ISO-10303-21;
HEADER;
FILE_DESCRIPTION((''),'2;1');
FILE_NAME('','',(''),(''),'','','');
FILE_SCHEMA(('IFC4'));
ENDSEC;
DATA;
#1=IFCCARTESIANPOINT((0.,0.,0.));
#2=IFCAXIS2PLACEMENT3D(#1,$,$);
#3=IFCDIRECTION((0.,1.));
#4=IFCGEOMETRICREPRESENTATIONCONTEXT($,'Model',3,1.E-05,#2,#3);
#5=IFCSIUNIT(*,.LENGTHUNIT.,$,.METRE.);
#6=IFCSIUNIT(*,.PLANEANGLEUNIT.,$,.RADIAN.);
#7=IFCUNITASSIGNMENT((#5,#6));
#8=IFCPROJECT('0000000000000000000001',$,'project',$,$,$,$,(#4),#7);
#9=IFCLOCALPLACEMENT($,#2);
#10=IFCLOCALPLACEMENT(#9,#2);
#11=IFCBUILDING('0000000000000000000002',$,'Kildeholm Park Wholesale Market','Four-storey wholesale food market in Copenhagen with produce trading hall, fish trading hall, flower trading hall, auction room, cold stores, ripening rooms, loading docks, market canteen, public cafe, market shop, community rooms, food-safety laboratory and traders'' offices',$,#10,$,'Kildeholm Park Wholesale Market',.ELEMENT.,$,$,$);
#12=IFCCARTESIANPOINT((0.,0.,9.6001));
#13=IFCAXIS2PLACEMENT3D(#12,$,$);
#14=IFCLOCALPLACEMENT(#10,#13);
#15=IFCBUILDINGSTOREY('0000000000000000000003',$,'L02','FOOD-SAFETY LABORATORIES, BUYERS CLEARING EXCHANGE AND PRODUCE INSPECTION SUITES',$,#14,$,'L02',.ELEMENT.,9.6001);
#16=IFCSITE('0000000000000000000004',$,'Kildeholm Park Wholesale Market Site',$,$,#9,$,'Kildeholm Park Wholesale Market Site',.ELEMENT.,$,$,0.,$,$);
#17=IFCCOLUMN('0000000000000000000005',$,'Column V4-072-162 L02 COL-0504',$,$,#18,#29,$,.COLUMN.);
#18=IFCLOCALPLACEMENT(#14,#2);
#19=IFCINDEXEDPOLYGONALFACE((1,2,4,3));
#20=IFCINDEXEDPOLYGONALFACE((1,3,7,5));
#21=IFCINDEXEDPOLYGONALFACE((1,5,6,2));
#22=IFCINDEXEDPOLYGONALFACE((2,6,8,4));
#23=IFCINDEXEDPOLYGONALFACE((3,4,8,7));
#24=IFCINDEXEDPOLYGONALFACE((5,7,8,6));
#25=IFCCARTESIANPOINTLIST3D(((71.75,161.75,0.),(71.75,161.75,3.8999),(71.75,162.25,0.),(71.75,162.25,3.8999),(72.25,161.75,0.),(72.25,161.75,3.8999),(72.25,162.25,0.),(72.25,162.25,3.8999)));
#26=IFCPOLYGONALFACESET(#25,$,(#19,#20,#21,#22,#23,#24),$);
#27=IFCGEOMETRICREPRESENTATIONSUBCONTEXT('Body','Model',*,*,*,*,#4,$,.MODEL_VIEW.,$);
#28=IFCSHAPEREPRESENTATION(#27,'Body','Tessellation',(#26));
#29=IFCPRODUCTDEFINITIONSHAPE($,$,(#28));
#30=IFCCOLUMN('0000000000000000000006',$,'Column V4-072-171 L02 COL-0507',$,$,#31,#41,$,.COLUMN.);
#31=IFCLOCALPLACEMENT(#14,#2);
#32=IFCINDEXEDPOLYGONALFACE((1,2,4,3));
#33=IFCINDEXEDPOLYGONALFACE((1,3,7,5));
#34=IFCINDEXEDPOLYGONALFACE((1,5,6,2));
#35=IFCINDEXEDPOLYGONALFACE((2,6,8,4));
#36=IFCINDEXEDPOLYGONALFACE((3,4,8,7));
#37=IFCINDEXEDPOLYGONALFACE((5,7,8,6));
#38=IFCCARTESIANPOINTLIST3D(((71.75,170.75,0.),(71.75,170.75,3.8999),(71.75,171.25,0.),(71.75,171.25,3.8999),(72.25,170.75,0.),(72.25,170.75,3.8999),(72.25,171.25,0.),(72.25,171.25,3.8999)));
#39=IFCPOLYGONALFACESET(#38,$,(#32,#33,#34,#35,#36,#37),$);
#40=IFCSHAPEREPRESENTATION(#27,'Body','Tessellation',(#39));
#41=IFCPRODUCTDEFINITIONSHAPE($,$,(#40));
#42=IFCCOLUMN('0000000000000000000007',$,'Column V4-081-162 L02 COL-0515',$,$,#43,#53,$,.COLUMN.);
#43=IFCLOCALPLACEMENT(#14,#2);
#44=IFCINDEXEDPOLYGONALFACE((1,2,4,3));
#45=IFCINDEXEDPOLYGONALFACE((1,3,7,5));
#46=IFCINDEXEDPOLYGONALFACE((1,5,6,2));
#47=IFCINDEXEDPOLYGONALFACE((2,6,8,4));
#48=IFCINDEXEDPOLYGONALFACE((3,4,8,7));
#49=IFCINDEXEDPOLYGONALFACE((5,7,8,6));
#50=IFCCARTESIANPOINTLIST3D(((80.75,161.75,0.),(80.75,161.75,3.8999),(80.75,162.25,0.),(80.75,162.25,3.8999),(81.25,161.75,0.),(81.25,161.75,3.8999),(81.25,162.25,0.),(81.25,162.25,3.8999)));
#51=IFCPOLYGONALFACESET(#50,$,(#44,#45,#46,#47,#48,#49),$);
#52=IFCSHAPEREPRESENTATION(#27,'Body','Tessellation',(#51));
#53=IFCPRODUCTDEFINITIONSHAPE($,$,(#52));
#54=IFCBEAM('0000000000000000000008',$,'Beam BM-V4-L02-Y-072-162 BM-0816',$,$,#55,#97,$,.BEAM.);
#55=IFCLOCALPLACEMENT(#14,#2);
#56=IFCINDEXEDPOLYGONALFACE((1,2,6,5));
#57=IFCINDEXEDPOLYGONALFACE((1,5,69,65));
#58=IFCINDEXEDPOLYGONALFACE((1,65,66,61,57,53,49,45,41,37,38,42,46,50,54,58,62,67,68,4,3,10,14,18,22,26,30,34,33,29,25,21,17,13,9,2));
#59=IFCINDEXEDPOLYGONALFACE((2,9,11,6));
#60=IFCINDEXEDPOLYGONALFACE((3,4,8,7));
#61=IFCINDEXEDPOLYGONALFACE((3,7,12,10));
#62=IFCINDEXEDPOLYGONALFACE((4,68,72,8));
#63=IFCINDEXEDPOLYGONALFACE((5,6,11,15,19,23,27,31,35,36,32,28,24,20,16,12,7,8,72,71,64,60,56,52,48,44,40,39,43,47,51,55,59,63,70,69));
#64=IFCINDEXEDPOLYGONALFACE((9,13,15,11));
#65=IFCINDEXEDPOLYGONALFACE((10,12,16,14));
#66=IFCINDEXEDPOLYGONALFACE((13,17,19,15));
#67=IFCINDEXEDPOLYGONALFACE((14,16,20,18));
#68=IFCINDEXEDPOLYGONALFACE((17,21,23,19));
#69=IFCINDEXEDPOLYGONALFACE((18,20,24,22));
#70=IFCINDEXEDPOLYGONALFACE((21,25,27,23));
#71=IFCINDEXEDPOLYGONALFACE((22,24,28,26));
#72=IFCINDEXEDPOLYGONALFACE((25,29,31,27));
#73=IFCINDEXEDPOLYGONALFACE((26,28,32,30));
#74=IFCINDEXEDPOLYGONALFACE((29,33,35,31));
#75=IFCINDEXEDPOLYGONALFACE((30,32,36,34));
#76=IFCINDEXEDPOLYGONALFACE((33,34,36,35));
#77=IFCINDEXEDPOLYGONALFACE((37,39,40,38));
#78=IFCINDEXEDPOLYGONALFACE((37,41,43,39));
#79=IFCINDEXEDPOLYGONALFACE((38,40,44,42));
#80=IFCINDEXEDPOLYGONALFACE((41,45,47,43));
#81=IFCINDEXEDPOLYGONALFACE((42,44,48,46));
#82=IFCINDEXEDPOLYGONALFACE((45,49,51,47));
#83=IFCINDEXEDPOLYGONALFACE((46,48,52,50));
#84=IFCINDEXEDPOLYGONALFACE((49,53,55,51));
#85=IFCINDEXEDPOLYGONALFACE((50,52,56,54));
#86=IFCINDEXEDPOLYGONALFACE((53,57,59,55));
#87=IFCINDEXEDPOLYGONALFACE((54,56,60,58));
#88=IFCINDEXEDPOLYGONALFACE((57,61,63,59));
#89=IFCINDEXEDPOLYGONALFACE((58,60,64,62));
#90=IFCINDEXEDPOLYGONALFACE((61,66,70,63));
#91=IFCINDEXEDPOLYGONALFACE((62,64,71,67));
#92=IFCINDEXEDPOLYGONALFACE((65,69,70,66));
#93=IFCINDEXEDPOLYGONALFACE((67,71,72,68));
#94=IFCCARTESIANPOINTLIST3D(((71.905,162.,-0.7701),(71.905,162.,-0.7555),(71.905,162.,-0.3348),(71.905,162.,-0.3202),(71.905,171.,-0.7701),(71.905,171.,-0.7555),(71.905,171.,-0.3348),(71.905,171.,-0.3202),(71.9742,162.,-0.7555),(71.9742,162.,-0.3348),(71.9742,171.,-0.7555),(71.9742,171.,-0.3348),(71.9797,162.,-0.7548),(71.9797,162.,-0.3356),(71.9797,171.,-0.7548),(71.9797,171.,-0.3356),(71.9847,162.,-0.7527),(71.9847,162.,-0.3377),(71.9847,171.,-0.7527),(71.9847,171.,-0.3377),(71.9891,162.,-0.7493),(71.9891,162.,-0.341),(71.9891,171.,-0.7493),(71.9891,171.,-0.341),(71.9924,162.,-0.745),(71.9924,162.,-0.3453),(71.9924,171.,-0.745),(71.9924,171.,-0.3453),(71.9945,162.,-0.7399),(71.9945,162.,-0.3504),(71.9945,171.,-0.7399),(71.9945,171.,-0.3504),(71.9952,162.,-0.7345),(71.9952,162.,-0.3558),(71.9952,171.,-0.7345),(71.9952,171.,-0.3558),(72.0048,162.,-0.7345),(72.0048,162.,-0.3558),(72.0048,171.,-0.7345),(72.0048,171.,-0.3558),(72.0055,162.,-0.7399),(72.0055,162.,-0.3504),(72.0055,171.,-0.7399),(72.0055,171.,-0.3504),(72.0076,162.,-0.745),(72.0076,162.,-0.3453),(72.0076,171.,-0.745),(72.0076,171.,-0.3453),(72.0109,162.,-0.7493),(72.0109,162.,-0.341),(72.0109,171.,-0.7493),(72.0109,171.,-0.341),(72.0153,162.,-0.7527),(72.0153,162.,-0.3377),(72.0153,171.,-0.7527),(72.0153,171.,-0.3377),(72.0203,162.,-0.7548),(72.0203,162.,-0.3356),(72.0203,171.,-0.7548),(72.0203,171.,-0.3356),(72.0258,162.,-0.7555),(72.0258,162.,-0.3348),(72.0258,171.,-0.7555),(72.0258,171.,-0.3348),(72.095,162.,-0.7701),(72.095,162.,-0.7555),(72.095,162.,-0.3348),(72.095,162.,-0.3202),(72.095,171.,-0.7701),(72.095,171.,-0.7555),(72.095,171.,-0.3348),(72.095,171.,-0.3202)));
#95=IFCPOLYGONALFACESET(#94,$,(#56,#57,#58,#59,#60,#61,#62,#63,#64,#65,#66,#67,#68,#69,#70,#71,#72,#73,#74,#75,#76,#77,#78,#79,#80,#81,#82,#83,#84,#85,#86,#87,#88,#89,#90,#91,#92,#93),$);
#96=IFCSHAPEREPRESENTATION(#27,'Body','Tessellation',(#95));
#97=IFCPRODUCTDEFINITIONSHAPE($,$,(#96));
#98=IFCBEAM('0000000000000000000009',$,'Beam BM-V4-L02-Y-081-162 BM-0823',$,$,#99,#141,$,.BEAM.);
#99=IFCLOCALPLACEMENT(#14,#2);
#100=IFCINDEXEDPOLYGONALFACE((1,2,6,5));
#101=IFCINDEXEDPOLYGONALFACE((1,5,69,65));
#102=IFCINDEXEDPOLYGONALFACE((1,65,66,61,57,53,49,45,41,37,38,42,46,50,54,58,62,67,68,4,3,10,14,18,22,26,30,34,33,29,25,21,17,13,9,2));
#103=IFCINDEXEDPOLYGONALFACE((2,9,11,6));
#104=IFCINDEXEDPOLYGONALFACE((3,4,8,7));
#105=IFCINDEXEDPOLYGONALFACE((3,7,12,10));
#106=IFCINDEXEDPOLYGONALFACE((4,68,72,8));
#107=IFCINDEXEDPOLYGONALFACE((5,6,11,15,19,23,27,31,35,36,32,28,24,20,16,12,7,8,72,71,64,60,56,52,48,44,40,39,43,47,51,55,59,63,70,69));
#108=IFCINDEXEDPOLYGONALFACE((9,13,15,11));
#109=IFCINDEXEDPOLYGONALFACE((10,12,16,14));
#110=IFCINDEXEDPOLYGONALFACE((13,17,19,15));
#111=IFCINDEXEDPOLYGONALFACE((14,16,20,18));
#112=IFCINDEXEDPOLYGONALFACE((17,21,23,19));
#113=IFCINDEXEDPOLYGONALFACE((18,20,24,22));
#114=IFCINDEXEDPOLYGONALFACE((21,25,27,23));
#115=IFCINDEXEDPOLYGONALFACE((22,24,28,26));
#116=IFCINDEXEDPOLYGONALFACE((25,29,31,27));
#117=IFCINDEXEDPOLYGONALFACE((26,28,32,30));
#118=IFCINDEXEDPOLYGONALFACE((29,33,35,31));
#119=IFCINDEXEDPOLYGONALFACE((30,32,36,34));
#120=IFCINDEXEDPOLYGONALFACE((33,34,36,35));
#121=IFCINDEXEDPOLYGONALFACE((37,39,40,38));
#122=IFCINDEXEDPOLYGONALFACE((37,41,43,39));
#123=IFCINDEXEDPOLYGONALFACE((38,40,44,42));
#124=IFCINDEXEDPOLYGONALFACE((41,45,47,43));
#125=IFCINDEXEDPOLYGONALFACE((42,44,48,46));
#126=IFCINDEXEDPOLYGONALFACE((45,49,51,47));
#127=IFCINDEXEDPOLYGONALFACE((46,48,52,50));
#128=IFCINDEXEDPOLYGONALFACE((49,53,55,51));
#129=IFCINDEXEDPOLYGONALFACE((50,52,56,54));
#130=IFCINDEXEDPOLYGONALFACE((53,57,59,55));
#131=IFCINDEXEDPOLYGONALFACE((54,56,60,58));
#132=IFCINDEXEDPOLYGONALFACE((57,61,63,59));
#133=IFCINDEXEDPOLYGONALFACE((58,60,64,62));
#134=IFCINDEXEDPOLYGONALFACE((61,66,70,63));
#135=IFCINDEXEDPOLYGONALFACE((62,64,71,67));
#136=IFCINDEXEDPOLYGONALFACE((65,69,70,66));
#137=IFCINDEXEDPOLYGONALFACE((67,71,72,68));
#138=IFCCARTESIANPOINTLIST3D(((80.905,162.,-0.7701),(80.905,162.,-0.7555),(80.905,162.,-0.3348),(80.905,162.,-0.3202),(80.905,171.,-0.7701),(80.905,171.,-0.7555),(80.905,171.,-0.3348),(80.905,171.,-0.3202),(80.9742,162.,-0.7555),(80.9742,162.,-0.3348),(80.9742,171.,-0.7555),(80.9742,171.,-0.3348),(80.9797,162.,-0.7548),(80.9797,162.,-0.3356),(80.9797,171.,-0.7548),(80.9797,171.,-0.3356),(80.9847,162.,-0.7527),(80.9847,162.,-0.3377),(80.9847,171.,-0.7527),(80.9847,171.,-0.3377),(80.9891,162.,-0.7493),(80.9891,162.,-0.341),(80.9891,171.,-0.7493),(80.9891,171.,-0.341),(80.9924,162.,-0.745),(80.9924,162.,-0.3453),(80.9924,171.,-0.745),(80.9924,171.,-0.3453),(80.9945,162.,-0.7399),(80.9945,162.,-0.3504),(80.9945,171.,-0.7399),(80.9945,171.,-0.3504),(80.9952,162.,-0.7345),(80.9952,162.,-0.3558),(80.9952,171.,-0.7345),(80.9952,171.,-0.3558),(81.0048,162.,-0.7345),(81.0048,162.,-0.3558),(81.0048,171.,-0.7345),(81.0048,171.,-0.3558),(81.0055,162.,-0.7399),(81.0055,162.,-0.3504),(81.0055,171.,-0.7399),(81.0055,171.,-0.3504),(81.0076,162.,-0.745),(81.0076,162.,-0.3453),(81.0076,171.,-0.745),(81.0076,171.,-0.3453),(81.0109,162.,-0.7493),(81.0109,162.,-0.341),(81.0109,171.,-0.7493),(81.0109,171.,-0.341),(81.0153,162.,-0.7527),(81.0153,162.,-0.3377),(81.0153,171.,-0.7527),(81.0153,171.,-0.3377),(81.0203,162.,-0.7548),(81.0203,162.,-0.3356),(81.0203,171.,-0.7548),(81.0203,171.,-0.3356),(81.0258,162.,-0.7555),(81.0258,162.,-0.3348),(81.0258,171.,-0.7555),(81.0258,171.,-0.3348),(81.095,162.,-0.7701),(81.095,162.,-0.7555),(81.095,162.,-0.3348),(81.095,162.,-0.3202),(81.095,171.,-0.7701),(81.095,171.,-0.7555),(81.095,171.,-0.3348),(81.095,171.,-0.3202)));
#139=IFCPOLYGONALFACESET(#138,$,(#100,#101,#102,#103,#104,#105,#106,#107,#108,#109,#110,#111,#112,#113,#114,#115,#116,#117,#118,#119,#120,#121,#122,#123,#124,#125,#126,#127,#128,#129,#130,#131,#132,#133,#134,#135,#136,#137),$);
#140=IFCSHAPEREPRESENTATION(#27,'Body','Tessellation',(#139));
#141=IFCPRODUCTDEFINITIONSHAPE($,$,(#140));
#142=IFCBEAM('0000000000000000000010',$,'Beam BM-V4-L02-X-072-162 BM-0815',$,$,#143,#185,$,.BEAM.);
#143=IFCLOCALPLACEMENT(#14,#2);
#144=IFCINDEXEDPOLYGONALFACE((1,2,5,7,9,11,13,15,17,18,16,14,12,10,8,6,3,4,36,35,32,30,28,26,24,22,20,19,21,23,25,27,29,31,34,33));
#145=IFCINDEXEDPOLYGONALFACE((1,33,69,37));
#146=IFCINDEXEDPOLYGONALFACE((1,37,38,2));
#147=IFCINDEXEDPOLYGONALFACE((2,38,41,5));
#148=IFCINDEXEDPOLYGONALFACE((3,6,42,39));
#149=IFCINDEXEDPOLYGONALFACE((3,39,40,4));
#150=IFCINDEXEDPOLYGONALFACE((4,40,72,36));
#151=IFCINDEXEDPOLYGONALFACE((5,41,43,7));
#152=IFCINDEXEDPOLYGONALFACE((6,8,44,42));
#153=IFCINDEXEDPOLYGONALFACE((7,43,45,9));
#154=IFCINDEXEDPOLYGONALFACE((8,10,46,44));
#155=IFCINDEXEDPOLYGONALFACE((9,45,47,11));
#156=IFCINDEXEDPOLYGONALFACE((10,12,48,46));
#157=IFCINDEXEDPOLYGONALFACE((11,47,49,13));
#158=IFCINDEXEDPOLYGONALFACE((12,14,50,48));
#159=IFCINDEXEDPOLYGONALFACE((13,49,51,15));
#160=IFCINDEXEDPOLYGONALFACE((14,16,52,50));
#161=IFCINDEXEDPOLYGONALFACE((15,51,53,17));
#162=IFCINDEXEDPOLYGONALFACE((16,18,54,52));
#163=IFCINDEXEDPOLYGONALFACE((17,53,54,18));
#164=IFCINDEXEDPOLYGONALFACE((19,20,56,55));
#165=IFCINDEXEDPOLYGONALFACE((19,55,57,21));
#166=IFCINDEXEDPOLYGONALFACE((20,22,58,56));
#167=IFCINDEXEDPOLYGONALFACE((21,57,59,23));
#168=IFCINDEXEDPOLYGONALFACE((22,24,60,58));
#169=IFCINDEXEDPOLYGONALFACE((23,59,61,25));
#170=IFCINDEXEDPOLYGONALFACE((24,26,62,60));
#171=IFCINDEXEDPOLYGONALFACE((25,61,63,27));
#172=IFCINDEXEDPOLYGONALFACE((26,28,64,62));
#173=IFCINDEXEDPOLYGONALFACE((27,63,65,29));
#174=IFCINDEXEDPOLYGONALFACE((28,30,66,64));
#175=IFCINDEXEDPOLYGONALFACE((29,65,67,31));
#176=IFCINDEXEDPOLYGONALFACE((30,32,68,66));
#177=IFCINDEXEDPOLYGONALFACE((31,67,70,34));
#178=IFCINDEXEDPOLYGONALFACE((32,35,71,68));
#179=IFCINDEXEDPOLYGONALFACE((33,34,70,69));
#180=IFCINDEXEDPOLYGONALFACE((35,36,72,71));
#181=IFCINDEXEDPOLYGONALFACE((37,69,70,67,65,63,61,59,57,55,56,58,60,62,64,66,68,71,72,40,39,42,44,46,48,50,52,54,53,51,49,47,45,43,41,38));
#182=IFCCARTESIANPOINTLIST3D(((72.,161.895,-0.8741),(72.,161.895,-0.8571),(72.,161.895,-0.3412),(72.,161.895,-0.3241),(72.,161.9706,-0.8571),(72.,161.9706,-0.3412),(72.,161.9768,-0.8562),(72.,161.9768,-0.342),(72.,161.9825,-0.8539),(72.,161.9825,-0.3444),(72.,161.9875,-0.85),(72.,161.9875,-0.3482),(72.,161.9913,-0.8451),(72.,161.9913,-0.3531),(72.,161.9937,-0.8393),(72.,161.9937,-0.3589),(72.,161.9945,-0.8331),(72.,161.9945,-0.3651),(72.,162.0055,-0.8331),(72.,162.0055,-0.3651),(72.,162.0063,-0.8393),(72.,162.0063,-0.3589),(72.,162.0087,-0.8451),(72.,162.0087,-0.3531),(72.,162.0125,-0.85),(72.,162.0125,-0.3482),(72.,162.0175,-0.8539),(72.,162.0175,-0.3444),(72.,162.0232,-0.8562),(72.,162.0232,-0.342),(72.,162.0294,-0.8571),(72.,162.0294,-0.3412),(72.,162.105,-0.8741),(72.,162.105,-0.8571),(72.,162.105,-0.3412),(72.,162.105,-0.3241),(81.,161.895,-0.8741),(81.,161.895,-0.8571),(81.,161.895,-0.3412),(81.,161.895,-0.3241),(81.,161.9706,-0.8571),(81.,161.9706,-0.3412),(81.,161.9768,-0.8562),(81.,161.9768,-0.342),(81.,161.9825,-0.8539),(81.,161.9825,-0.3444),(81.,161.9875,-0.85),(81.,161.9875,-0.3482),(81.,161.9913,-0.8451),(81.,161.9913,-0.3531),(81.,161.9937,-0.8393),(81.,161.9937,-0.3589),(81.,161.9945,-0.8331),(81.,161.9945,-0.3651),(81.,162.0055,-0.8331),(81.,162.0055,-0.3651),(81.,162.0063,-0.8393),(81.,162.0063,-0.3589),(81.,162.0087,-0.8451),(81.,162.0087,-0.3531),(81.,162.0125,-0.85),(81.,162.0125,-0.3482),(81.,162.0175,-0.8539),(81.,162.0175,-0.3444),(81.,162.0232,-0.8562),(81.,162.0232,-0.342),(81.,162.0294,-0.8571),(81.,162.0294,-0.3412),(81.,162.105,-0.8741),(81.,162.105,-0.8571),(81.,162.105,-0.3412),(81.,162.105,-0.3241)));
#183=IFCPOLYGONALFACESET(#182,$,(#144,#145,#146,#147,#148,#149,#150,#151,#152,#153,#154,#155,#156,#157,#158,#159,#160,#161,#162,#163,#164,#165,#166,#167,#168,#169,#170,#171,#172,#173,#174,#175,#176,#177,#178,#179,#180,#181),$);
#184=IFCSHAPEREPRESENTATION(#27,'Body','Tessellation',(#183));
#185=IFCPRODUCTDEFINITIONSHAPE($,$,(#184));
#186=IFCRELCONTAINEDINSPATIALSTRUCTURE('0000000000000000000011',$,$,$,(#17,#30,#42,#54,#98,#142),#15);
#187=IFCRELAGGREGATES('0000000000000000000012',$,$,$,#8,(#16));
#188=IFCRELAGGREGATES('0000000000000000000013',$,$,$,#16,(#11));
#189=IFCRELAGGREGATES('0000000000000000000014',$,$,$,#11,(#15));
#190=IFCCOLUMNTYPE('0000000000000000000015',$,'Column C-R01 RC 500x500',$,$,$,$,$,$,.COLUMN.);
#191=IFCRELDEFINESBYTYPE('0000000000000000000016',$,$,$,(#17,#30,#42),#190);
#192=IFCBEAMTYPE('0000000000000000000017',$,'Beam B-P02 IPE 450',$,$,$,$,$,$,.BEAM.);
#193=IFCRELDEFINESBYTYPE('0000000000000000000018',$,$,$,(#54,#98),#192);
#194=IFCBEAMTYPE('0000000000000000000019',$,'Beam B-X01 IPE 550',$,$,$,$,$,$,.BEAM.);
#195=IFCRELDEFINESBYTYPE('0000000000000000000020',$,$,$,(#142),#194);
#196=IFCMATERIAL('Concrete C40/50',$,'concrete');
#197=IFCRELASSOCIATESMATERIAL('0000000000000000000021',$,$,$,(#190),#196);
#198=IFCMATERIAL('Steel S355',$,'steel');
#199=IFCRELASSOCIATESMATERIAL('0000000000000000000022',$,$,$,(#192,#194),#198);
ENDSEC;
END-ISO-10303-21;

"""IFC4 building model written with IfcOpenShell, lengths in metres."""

from ifc_helpers import new_model, si_unit, direction, frame, origin, origin_2d, place, context, subcontext, project, spatial, rectangle, i_section, extrude, material, material_profile, profile_set, type_object, element, save


model = new_model("IFC4")

# Units and contexts
model_context = context("Model", 3, precision=1e-05, world=origin(), true_north=direction((0.0, 1.0)))
body_context = subcontext(model_context, "Body", "Model", "MODEL_VIEW")
ifc_project = project(units=[si_unit("LENGTHUNIT", "METRE"), si_unit("PLANEANGLEUNIT", "RADIAN")], contexts=[model_context])

# Site, building, storey
site_placement = place(None, origin())
site = spatial("IfcSite", under=ifc_project, at=site_placement, Name="Kildeholm Park Wholesale Market Site", LongName="Kildeholm Park Wholesale Market Site", CompositionType="ELEMENT", RefElevation=0.0)
building_placement = place(site_placement, origin())
building = spatial("IfcBuilding", under=site, at=building_placement, Name="Kildeholm Park Wholesale Market", Description="Four-storey wholesale food market in Copenhagen with produce trading hall, fish trading hall, flower trading hall, auction room, cold stores, ripening rooms, loading docks, market canteen, public cafe, market shop, community rooms, food-safety laboratory and traders' offices", LongName="Kildeholm Park Wholesale Market", CompositionType="ELEMENT")
storey_placement = place(building_placement, frame((0.0, 0.0, 9.6001)))
storey = spatial("IfcBuildingStorey", under=building, at=storey_placement, Name="L02", Description="FOOD-SAFETY LABORATORIES, BUYERS CLEARING EXCHANGE AND PRODUCE INSPECTION SUITES", LongName="L02", CompositionType="ELEMENT", Elevation=9.6001)

# Columns
ifc_material_1 = material(Name="Concrete C40/50", Category="concrete")
ifc_material_profile_1 = material_profile(ifc_material_1, rectangle(XDim=0.5, YDim=0.5, at=origin_2d()), Name="RC 500x500")
ifc_profile_set_1 = profile_set([ifc_material_profile_1], Name="Concrete C40/50")
column_type = type_object("IfcColumnType", Name="Column C-R01 RC 500x500", PredefinedType="COLUMN", material=ifc_profile_set_1)
for number, where, z_axis, x_axis, name in (
    (1, (72.0, 162.0, 0.0), (0.0, 0.0, 1.0), (1.0, 0.0, 0.0), "Column V4-072-162 L02 COL-0504"),
    (2, (72.0, 171.0, 0.0), (0.0, 0.0, 1.0), (1.0, 0.0, 0.0), "Column V4-072-171 L02 COL-0507"),
    (3, (81.0, 162.0, 0.0), (0.0, 0.0, 1.0), (1.0, 0.0, 0.0), "Column V4-081-162 L02 COL-0515"),
):
    element("IfcColumn", number, at=place(storey_placement, frame(where, z_axis=z_axis, x_axis=x_axis)), inside=storey, type_object=column_type, Name=name, PredefinedType="COLUMN", context=body_context, shape_type="SweptSolid", body=[
        extrude(rectangle(XDim=0.5, YDim=0.5, at=origin_2d()), origin(), (0.0, 0.0, 1.0), 3.8999),
    ])

# Beams
ifc_material_2 = material(Name="Steel S355", Category="steel")
ifc_material_profile_2 = material_profile(ifc_material_2, i_section(OverallWidth=0.1899, OverallDepth=0.45, WebThickness=0.0095, FlangeThickness=0.0146, FilletRadius=0.021, at=origin_2d()), Name="IPE 450")
ifc_profile_set_2 = profile_set([ifc_material_profile_2], Name="Steel S355")
beam_type_1 = type_object("IfcBeamType", Name="Beam B-P02 IPE 450", PredefinedType="BEAM", material=ifc_profile_set_2)
for number, where, z_axis, x_axis, name in (
    (4, (72.0, 162.0, -0.5452), (0.0, 1.0, 0.0), (-1.0, 0.0, 0.0), "Beam BM-V4-L02-Y-072-162 BM-0816"),
    (5, (81.0, 162.0, -0.5452), (0.0, 1.0, 0.0), (-1.0, 0.0, 0.0), "Beam BM-V4-L02-Y-081-162 BM-0823"),
):
    element("IfcBeam", number, at=place(storey_placement, frame(where, z_axis=z_axis, x_axis=x_axis)), inside=storey, type_object=beam_type_1, Name=name, PredefinedType="BEAM", context=body_context, shape_type="SweptSolid", body=[
        extrude(i_section(OverallWidth=0.1899, OverallDepth=0.45, WebThickness=0.0095, FlangeThickness=0.0146, FilletRadius=0.021, at=origin_2d()), origin(), (0.0, 0.0, 1.0), 9.0),
    ])
ifc_material_profile_3 = material_profile(ifc_material_2, i_section(OverallWidth=0.21, OverallDepth=0.55, WebThickness=0.011, FlangeThickness=0.0171, FilletRadius=0.0239, at=origin_2d()), Name="IPE 550")
ifc_profile_set_3 = profile_set([ifc_material_profile_3], Name="Steel S355")
beam_type_2 = type_object("IfcBeamType", Name="Beam B-X01 IPE 550", PredefinedType="BEAM", material=ifc_profile_set_3)
beam_1_placement = place(storey_placement, frame((72.0, 162.0, -0.5991), z_axis=(1.0, 0.0, 0.0), x_axis=(0.0, 1.0, 0.0)))
element("IfcBeam", 6, at=beam_1_placement, inside=storey, type_object=beam_type_2, Name="Beam BM-V4-L02-X-072-162 BM-0815", PredefinedType="BEAM", context=body_context, shape_type="SweptSolid", body=[
    extrude(i_section(OverallWidth=0.21, OverallDepth=0.55, WebThickness=0.011, FlangeThickness=0.0171, FilletRadius=0.0239, at=origin_2d()), origin(), (0.0, 0.0, 1.0), 9.0),
])

save(model, "model.ifc")
